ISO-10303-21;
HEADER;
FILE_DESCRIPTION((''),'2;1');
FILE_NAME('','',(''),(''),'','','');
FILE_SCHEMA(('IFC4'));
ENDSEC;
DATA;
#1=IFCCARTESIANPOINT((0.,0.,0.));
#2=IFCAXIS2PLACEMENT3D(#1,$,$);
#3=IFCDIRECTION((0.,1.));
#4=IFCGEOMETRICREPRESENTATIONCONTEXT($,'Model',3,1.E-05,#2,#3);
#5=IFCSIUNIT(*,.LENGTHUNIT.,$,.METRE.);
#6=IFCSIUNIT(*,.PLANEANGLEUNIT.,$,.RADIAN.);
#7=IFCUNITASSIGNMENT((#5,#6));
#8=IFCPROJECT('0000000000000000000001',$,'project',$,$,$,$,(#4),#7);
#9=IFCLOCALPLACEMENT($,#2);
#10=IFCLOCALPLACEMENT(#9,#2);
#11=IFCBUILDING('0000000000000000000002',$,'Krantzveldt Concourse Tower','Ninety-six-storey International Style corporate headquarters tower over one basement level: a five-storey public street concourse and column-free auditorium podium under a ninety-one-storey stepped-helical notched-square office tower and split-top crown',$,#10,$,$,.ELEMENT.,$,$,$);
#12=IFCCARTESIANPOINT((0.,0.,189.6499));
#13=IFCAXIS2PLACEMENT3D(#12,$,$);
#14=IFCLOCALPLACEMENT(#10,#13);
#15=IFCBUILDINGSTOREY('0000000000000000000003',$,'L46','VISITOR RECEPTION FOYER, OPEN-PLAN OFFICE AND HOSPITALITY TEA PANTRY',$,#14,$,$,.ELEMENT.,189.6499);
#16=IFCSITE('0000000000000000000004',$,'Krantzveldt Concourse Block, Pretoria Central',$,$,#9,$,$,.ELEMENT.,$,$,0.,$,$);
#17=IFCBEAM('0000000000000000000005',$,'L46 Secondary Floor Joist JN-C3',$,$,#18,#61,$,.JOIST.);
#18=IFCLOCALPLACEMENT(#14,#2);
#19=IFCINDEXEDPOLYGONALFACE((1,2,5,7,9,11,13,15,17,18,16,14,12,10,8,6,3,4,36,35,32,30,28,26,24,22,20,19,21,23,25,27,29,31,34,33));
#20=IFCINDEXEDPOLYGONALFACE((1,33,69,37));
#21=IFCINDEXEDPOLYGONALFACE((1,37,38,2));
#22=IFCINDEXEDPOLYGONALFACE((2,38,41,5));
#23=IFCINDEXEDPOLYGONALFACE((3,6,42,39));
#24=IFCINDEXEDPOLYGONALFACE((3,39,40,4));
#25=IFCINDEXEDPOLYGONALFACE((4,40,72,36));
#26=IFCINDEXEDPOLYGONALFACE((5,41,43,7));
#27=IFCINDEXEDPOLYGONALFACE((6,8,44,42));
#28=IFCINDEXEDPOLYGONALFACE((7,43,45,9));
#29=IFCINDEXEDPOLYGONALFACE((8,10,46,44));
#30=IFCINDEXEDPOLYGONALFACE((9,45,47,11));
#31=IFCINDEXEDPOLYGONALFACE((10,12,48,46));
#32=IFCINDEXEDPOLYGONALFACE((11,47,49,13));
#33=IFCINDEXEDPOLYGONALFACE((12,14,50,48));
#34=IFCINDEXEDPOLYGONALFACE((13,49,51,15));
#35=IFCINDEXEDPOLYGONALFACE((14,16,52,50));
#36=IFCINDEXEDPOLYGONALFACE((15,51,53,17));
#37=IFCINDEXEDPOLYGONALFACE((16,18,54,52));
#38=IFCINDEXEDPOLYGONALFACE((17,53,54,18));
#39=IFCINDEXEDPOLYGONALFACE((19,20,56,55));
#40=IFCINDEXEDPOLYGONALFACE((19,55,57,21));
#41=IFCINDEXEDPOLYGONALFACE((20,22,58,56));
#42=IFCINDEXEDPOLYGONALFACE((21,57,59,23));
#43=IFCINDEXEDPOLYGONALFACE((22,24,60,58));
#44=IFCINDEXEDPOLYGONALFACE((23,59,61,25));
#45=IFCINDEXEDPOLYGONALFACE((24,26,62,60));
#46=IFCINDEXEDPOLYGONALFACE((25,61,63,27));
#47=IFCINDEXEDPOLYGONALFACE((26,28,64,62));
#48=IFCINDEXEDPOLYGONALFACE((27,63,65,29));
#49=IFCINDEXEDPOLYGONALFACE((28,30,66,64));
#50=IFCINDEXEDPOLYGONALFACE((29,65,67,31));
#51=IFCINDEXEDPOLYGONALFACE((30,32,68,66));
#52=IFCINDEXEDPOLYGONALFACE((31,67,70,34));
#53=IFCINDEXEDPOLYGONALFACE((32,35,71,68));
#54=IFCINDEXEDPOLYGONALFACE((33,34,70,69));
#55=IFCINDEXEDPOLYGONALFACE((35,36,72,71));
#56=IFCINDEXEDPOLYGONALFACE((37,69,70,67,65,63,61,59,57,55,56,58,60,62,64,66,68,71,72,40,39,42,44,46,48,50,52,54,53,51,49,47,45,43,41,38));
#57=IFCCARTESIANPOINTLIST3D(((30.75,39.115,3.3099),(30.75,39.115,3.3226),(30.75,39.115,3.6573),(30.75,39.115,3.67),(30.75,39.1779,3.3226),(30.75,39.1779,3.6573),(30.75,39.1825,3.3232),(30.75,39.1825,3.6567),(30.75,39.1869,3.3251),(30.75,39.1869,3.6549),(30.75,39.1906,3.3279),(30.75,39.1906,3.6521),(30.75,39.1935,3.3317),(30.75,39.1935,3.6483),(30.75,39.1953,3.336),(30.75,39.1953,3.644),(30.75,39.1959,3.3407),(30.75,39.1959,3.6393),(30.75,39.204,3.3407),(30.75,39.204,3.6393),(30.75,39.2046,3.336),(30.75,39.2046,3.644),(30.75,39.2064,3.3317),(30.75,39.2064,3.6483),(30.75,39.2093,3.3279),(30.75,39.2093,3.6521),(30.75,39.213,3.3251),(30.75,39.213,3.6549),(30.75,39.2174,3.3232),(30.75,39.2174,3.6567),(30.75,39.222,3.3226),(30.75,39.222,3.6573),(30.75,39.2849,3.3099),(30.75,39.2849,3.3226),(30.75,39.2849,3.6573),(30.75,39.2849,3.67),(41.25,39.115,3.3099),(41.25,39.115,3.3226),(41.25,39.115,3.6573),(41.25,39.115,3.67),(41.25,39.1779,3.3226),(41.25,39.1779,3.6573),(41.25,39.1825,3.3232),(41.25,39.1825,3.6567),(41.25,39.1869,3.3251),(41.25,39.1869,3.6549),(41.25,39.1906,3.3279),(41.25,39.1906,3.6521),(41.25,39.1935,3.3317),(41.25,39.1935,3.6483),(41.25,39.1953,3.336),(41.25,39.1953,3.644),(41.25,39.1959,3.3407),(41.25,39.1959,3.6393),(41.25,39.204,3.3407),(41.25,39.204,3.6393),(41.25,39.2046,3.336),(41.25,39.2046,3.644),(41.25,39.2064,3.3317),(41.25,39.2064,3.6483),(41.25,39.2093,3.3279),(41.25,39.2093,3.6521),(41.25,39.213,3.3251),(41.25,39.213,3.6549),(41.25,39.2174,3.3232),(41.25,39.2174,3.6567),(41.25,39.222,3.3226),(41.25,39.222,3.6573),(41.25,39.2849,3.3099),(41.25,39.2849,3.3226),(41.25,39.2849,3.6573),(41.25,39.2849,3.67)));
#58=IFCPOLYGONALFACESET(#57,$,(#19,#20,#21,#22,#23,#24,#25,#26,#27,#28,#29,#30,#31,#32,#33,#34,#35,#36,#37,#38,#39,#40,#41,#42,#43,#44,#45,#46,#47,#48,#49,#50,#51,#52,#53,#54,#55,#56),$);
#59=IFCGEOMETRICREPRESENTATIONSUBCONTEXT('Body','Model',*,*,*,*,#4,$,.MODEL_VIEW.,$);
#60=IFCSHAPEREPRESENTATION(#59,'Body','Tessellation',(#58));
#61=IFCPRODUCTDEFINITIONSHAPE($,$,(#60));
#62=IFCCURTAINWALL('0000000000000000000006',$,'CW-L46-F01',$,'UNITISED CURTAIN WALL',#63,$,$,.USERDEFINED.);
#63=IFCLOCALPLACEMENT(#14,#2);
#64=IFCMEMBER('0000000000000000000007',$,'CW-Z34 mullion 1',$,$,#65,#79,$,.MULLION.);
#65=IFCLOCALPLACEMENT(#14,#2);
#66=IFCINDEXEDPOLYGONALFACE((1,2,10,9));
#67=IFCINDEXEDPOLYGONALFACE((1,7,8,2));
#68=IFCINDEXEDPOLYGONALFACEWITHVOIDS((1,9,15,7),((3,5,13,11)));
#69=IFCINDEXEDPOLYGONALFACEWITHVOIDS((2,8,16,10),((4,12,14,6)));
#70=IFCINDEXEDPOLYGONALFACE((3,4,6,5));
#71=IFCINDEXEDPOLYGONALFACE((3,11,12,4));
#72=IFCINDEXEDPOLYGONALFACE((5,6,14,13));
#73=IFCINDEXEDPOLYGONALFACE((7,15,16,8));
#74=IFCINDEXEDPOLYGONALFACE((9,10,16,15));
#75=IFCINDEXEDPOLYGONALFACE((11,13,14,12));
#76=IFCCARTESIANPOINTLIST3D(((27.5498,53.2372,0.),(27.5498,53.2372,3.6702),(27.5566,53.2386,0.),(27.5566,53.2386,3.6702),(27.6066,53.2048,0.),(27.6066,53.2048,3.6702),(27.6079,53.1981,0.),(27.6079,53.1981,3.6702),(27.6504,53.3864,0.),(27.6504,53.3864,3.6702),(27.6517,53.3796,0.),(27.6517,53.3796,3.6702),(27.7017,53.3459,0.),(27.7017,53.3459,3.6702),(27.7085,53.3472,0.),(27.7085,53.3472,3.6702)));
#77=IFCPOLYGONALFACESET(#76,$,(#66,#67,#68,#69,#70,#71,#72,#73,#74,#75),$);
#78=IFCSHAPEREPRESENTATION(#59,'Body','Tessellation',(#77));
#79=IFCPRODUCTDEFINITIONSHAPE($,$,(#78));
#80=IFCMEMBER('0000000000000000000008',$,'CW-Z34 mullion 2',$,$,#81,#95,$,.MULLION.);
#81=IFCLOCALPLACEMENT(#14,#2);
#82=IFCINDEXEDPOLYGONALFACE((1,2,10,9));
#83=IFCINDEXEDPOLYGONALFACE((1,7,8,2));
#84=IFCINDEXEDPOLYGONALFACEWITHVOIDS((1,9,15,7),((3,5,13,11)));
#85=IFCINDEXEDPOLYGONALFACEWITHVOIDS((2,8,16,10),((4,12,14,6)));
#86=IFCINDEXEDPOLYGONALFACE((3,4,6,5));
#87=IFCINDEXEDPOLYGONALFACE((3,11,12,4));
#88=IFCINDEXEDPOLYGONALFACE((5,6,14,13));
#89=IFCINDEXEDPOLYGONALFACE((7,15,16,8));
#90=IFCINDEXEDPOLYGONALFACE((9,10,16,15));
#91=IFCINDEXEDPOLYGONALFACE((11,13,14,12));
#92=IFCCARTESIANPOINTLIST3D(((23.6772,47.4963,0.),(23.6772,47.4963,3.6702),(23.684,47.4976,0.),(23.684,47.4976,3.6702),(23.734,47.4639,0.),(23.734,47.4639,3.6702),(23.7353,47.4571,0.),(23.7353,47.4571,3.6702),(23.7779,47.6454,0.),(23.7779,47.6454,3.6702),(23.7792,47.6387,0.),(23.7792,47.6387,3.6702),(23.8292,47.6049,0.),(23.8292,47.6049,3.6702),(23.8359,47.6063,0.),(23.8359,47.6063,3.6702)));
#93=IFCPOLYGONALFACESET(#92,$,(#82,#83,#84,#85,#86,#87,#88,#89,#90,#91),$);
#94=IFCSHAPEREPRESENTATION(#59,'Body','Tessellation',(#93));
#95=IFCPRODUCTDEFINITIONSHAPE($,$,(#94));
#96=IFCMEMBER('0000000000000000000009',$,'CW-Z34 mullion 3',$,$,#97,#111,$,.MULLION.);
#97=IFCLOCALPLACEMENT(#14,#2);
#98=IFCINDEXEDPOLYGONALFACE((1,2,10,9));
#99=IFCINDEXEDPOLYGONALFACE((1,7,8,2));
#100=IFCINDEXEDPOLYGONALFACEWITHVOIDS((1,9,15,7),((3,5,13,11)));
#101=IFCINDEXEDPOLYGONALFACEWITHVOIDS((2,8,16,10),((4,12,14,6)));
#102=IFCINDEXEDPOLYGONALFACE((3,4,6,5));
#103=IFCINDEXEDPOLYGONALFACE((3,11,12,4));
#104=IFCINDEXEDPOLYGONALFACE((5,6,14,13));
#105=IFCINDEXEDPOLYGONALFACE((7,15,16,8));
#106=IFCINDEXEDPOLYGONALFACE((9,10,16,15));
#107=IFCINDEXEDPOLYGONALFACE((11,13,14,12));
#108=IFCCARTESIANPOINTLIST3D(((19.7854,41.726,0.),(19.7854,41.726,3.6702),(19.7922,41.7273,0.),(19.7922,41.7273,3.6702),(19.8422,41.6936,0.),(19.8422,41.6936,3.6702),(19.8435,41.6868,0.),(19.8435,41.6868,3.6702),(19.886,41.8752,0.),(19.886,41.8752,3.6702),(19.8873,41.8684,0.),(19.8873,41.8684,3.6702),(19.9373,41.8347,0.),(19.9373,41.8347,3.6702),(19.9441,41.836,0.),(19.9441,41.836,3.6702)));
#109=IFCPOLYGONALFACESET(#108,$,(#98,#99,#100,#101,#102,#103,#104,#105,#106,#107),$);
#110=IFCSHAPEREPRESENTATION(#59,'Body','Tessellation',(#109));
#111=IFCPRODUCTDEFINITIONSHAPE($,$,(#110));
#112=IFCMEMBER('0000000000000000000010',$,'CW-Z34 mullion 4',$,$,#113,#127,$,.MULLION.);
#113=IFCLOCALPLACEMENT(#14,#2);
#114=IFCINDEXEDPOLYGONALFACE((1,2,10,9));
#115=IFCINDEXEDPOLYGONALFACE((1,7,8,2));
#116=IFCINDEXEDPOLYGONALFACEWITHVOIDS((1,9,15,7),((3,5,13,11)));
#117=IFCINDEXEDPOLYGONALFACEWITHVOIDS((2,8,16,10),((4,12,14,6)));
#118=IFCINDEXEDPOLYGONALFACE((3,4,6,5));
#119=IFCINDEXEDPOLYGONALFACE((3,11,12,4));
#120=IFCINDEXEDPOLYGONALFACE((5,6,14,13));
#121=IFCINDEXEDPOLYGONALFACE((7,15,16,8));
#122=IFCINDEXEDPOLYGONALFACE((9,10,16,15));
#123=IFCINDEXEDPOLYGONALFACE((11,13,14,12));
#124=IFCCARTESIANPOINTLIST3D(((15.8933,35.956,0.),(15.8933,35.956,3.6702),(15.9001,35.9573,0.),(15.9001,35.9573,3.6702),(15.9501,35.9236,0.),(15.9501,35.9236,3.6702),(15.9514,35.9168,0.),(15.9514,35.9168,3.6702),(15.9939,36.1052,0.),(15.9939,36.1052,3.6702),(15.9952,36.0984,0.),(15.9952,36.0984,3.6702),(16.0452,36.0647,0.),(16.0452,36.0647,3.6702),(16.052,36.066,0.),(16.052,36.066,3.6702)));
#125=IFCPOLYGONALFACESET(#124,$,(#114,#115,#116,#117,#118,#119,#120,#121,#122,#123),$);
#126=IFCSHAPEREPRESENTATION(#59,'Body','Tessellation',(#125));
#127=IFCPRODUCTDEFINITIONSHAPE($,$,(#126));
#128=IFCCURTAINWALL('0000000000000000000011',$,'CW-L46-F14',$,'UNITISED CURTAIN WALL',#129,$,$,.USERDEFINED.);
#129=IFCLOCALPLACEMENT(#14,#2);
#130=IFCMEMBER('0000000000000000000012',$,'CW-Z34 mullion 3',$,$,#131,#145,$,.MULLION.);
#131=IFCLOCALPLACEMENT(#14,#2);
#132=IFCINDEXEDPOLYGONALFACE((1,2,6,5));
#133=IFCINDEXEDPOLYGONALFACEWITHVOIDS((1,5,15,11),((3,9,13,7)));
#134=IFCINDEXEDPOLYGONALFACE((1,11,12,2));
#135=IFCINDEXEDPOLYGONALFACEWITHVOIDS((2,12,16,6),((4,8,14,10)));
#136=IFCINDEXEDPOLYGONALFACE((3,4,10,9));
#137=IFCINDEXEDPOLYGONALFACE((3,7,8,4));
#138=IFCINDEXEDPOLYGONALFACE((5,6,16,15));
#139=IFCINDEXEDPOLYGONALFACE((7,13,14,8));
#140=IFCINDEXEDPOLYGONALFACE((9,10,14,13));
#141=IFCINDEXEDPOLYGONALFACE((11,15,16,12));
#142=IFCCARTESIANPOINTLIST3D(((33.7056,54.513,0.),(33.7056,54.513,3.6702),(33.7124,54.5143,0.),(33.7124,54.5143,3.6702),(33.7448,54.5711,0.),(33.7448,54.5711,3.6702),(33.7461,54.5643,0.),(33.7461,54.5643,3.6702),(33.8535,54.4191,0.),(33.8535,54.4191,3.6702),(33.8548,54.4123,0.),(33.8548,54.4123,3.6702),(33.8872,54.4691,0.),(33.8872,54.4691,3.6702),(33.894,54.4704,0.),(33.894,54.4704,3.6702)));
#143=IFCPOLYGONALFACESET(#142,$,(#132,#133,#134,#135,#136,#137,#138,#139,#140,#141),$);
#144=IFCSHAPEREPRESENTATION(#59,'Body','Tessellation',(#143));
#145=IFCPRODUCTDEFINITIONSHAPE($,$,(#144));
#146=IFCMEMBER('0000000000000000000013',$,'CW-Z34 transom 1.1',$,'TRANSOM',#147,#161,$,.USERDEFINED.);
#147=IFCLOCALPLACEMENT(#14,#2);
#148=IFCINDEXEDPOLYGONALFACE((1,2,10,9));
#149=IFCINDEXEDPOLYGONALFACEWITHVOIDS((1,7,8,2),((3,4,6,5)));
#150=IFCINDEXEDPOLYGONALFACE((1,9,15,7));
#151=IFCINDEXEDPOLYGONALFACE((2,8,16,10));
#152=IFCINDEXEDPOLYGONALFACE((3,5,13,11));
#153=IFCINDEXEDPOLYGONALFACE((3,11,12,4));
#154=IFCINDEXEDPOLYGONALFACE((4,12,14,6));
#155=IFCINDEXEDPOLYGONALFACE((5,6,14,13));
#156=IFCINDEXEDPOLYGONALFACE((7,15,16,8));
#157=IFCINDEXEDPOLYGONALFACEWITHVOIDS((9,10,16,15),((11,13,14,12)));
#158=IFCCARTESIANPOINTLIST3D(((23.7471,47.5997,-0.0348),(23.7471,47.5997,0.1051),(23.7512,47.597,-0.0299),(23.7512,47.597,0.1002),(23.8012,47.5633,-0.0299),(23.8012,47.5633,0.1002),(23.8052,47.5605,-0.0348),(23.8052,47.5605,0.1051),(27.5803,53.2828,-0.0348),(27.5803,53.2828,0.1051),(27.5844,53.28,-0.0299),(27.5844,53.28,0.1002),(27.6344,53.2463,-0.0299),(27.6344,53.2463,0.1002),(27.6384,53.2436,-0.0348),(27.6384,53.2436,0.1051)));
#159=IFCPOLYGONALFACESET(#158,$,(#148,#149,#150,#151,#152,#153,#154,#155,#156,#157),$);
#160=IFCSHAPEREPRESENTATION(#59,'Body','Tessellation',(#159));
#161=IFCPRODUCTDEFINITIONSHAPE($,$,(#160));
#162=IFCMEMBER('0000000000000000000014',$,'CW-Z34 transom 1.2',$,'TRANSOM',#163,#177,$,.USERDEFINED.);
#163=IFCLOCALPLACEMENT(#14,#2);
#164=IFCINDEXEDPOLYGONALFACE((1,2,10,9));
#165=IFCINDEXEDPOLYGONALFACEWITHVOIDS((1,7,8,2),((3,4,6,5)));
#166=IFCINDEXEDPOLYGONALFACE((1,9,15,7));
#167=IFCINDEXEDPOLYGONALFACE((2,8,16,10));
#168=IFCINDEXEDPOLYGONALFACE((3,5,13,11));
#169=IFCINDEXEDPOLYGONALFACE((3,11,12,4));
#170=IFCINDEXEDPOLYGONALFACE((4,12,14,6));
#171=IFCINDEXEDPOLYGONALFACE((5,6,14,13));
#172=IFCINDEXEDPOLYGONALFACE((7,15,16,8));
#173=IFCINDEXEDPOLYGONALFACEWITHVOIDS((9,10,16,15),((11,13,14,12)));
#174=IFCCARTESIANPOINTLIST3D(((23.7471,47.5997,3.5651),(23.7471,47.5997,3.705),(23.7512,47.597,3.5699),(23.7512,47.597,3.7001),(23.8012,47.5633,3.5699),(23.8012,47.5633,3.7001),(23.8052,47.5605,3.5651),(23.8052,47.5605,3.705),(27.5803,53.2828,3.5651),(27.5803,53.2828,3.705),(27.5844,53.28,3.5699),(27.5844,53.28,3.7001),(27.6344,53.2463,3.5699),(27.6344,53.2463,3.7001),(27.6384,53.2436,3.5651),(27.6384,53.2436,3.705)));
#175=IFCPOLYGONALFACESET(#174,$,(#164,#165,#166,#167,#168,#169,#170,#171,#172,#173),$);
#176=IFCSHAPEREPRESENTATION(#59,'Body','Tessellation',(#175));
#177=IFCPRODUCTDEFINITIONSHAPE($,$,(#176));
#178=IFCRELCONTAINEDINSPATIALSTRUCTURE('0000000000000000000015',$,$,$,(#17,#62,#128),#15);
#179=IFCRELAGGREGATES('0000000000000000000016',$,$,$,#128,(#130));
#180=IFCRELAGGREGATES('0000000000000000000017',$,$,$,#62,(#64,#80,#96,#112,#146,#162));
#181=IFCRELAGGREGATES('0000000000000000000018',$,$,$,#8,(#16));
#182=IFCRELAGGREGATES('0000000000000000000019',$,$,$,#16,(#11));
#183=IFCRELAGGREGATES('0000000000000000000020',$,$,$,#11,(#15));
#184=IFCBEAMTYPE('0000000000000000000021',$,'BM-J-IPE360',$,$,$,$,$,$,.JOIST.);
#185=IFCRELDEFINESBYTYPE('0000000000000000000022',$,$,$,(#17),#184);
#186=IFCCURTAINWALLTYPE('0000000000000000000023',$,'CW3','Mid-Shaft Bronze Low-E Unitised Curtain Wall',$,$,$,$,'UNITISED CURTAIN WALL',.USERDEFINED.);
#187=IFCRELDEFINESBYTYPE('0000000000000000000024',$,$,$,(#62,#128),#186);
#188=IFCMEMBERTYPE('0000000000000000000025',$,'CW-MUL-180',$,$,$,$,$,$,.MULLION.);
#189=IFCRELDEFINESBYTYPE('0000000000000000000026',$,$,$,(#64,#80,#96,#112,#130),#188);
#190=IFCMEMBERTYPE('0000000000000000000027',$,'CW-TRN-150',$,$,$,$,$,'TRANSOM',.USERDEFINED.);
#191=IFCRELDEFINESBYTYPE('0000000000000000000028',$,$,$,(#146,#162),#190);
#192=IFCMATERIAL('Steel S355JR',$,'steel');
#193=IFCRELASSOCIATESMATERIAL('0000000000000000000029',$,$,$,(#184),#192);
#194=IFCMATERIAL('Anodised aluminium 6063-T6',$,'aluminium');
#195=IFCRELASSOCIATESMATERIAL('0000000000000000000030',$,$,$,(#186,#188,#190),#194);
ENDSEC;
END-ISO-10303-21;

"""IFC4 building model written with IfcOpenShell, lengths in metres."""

from ifc_helpers import new_model, si_unit, direction, frame, origin, origin_2d, place, context, subcontext, project, spatial, hollow_rectangle, i_section, extrude, source, transform, mapped, material, material_profile, profile_set, type_object, type_shapes, element, aggregate, save


model = new_model("IFC4")

# Units and contexts
model_context = context("Model", 3, precision=1e-05, world=origin(), true_north=direction((0.0, 1.0)))
body_context = subcontext(model_context, "Body", "Model", "MODEL_VIEW")
ifc_project = project(units=[si_unit("LENGTHUNIT", "METRE"), si_unit("PLANEANGLEUNIT", "RADIAN")], contexts=[model_context])

# Site, building, storey
site_placement = place(None, origin())
site = spatial("IfcSite", under=ifc_project, at=site_placement, Name="Krantzveldt Concourse Block, Pretoria Central", CompositionType="ELEMENT", RefElevation=0.0)
building_placement = place(site_placement, origin())
building = spatial("IfcBuilding", under=site, at=building_placement, Name="Krantzveldt Concourse Tower", Description="Ninety-six-storey International Style corporate headquarters tower over one basement level: a five-storey public street concourse and column-free auditorium podium under a ninety-one-storey stepped-helical notched-square office tower and split-top crown", CompositionType="ELEMENT")
storey_placement = place(building_placement, frame((0.0, 0.0, 189.6499)))
storey = spatial("IfcBuildingStorey", under=building, at=storey_placement, Name="L46", Description="VISITOR RECEPTION FOYER, OPEN-PLAN OFFICE AND HOSPITALITY TEA PANTRY", CompositionType="ELEMENT", Elevation=189.6499)

# Beam
ifc_material_1 = material(Name="Steel S355JR", Category="steel")
ifc_material_profile_1 = material_profile(ifc_material_1, i_section(OverallWidth=0.1699, OverallDepth=0.3601, WebThickness=0.0081, FlangeThickness=0.0127, FilletRadius=0.0181, at=origin_2d()), Name="Steel S355JR", Category="steel")
ifc_profile_set_1 = profile_set([ifc_material_profile_1], Name="Steel S355JR - IPE 360")
beam_type_1 = type_object("IfcBeamType", Name="BM-J-IPE360", PredefinedType="JOIST", material=ifc_profile_set_1)
shared_shape_1 = source(origin(), body_context, "Body", "SweptSolid", [
    extrude(i_section(OverallWidth=0.1699, OverallDepth=0.3601, WebThickness=0.0081, FlangeThickness=0.0127, FilletRadius=0.0181, at=origin_2d()), origin(), (0.0, 0.0, 1.0), 10.5),
])
type_shapes(beam_type_1, [shared_shape_1])
beam_1_placement = place(storey_placement, frame((30.75, 39.2, 3.49), z_axis=(1.0, 0.0, 0.0), x_axis=(0.0, 1.0, 0.0)))
element("IfcBeam", 1, at=beam_1_placement, inside=storey, type_object=beam_type_1, Name="L46 Secondary Floor Joist JN-C3", PredefinedType="JOIST", context=body_context, shape_type="MappedRepresentation", body=[
    mapped(shared_shape_1, transform((0.0, 0.0, 0.0), x_axis=(1.0, 0.0, 0.0), y_axis=(0.0, 1.0, 0.0), z_axis=(0.0, 0.0, 1.0), scale=1.0)),
])

# Curtain wall, members
ifc_material_2 = material(Name="Anodised aluminium 6063-T6", Category="aluminium")
curtain_wall_type = type_object("IfcCurtainWallType", Name="CW3", Description="Mid-Shaft Bronze Low-E Unitised Curtain Wall", ElementType="UNITISED CURTAIN WALL", PredefinedType="USERDEFINED", material=ifc_material_2)
curtain_wall_1_placement = place(storey_placement, origin())
curtain_wall_1 = element("IfcCurtainWall", 2, at=curtain_wall_1_placement, inside=storey, type_object=curtain_wall_type, Name="CW-L46-F01", ObjectType="UNITISED CURTAIN WALL", PredefinedType="USERDEFINED")
ifc_material_profile_2 = material_profile(ifc_material_2, hollow_rectangle(XDim=0.0701, YDim=0.1799, WallThickness=0.0049, at=origin_2d()), Name="Anodised aluminium 6063-T6", Category="aluminium")
ifc_profile_set_2 = profile_set([ifc_material_profile_2], Name="Anodised aluminium 6063-T6 - ALU-MULL 180x70x5")
member_type_1 = type_object("IfcMemberType", Name="CW-MUL-180", PredefinedType="MULLION", material=ifc_profile_set_2)
shared_shape_2 = source(origin(), body_context, "Body", "SweptSolid", [
    extrude(hollow_rectangle(XDim=0.0701, YDim=0.1799, WallThickness=0.0049, at=origin_2d()), origin(), (0.0, 0.0, 1.0), 3.6702),
])
type_shapes(member_type_1, [shared_shape_2])
member_1_placement = place(storey_placement, frame((27.6292, 53.2922, 0.0), z_axis=(0.0, 0.0, 1.0), x_axis=(0.829038, -0.559193, 0.0)))
member_1 = element("IfcMember", 3, at=member_1_placement, type_object=member_type_1, Name="CW-Z34 mullion 1", PredefinedType="MULLION", context=body_context, shape_type="MappedRepresentation", body=[
    mapped(shared_shape_2, transform((0.0, 0.0, 0.0), x_axis=(1.0, 0.0, 0.0), y_axis=(0.0, 1.0, 0.0), z_axis=(0.0, 0.0, 1.0), scale=1.0)),
])
member_2_placement = place(storey_placement, frame((23.7566, 47.5513, 0.0), z_axis=(0.0, 0.0, 1.0), x_axis=(0.829038, -0.559193, 0.0)))
member_2 = element("IfcMember", 4, at=member_2_placement, type_object=member_type_1, Name="CW-Z34 mullion 2", PredefinedType="MULLION", context=body_context, shape_type="MappedRepresentation", body=[
    mapped(shared_shape_2, transform((0.0, 0.0, 0.0), x_axis=(1.0, 0.0, 0.0), y_axis=(0.0, 1.0, 0.0), z_axis=(0.0, 0.0, 1.0), scale=1.0)),
])
member_3_placement = place(storey_placement, frame((19.8647, 41.781, 0.0), z_axis=(0.0, 0.0, 1.0), x_axis=(0.829038, -0.559193, 0.0)))
member_3 = element("IfcMember", 5, at=member_3_placement, type_object=member_type_1, Name="CW-Z34 mullion 3", PredefinedType="MULLION", context=body_context, shape_type="MappedRepresentation", body=[
    mapped(shared_shape_2, transform((0.0, 0.0, 0.0), x_axis=(1.0, 0.0, 0.0), y_axis=(0.0, 1.0, 0.0), z_axis=(0.0, 0.0, 1.0), scale=1.0)),
])
member_4_placement = place(storey_placement, frame((15.9727, 36.011, 0.0), z_axis=(0.0, 0.0, 1.0), x_axis=(0.829038, -0.559193, 0.0)))
member_4 = element("IfcMember", 6, at=member_4_placement, type_object=member_type_1, Name="CW-Z34 mullion 4", PredefinedType="MULLION", context=body_context, shape_type="MappedRepresentation", body=[
    mapped(shared_shape_2, transform((0.0, 0.0, 0.0), x_axis=(1.0, 0.0, 0.0), y_axis=(0.0, 1.0, 0.0), z_axis=(0.0, 0.0, 1.0), scale=1.0)),
])

# Curtain wall, member
curtain_wall_2_placement = place(storey_placement, origin())
curtain_wall_2 = element("IfcCurtainWall", 7, at=curtain_wall_2_placement, inside=storey, type_object=curtain_wall_type, Name="CW-L46-F14", ObjectType="UNITISED CURTAIN WALL", PredefinedType="USERDEFINED")
member_5_placement = place(storey_placement, frame((33.7998, 54.4917, 0.0), z_axis=(0.0, 0.0, 1.0), x_axis=(-0.559193, -0.829038, 0.0)))
member_5 = element("IfcMember", 8, at=member_5_placement, type_object=member_type_1, Name="CW-Z34 mullion 3", PredefinedType="MULLION", context=body_context, shape_type="MappedRepresentation", body=[
    mapped(shared_shape_2, transform((0.0, 0.0, 0.0), x_axis=(1.0, 0.0, 0.0), y_axis=(0.0, 1.0, 0.0), z_axis=(0.0, 0.0, 1.0), scale=1.0)),
])
aggregate(curtain_wall_2, [member_5])

# Members
ifc_material_profile_3 = material_profile(ifc_material_2, hollow_rectangle(XDim=0.0701, YDim=0.1399, WallThickness=0.0049, at=origin_2d()), Name="Anodised aluminium 6063-T6", Category="aluminium")
ifc_profile_set_3 = profile_set([ifc_material_profile_3], Name="Anodised aluminium 6063-T6 - ALU-TRAN 140x70x5")
member_type_2 = type_object("IfcMemberType", Name="CW-TRN-150", ElementType="TRANSOM", PredefinedType="USERDEFINED", material=ifc_profile_set_3)
shared_shape_3 = source(origin(), body_context, "Body", "SweptSolid", [
    extrude(hollow_rectangle(XDim=0.0701, YDim=0.1399, WallThickness=0.0049, at=origin_2d()), origin(), (0.0, 0.0, 1.0), 6.855),
])
member_6_placement = place(storey_placement, frame((27.6094, 53.2632, 0.0352), z_axis=(-0.559188, -0.829041, 0.0), x_axis=(0.829041, -0.559188, 0.0)))
member_6 = element("IfcMember", 9, at=member_6_placement, type_object=member_type_2, Name="CW-Z34 transom 1.1", ObjectType="TRANSOM", PredefinedType="USERDEFINED", context=body_context, shape_type="MappedRepresentation", body=[
    mapped(shared_shape_3, transform((0.0, 0.0, 0.0), x_axis=(1.0, 0.0, 0.0), y_axis=(0.0, 1.0, 0.0), z_axis=(0.0, 0.0, 1.0), scale=1.0)),
])
member_7_placement = place(storey_placement, frame((27.6094, 53.2632, 3.635), z_axis=(-0.559188, -0.829041, 0.0), x_axis=(0.829041, -0.559188, 0.0)))
member_7 = element("IfcMember", 10, at=member_7_placement, type_object=member_type_2, Name="CW-Z34 transom 1.2", ObjectType="TRANSOM", PredefinedType="USERDEFINED", context=body_context, shape_type="MappedRepresentation", body=[
    mapped(shared_shape_3, transform((0.0, 0.0, 0.0), x_axis=(1.0, 0.0, 0.0), y_axis=(0.0, 1.0, 0.0), z_axis=(0.0, 0.0, 1.0), scale=1.0)),
])

aggregate(curtain_wall_1, [member_1, member_2, member_3, member_4, member_6, member_7])

save(model, "model.ifc")
